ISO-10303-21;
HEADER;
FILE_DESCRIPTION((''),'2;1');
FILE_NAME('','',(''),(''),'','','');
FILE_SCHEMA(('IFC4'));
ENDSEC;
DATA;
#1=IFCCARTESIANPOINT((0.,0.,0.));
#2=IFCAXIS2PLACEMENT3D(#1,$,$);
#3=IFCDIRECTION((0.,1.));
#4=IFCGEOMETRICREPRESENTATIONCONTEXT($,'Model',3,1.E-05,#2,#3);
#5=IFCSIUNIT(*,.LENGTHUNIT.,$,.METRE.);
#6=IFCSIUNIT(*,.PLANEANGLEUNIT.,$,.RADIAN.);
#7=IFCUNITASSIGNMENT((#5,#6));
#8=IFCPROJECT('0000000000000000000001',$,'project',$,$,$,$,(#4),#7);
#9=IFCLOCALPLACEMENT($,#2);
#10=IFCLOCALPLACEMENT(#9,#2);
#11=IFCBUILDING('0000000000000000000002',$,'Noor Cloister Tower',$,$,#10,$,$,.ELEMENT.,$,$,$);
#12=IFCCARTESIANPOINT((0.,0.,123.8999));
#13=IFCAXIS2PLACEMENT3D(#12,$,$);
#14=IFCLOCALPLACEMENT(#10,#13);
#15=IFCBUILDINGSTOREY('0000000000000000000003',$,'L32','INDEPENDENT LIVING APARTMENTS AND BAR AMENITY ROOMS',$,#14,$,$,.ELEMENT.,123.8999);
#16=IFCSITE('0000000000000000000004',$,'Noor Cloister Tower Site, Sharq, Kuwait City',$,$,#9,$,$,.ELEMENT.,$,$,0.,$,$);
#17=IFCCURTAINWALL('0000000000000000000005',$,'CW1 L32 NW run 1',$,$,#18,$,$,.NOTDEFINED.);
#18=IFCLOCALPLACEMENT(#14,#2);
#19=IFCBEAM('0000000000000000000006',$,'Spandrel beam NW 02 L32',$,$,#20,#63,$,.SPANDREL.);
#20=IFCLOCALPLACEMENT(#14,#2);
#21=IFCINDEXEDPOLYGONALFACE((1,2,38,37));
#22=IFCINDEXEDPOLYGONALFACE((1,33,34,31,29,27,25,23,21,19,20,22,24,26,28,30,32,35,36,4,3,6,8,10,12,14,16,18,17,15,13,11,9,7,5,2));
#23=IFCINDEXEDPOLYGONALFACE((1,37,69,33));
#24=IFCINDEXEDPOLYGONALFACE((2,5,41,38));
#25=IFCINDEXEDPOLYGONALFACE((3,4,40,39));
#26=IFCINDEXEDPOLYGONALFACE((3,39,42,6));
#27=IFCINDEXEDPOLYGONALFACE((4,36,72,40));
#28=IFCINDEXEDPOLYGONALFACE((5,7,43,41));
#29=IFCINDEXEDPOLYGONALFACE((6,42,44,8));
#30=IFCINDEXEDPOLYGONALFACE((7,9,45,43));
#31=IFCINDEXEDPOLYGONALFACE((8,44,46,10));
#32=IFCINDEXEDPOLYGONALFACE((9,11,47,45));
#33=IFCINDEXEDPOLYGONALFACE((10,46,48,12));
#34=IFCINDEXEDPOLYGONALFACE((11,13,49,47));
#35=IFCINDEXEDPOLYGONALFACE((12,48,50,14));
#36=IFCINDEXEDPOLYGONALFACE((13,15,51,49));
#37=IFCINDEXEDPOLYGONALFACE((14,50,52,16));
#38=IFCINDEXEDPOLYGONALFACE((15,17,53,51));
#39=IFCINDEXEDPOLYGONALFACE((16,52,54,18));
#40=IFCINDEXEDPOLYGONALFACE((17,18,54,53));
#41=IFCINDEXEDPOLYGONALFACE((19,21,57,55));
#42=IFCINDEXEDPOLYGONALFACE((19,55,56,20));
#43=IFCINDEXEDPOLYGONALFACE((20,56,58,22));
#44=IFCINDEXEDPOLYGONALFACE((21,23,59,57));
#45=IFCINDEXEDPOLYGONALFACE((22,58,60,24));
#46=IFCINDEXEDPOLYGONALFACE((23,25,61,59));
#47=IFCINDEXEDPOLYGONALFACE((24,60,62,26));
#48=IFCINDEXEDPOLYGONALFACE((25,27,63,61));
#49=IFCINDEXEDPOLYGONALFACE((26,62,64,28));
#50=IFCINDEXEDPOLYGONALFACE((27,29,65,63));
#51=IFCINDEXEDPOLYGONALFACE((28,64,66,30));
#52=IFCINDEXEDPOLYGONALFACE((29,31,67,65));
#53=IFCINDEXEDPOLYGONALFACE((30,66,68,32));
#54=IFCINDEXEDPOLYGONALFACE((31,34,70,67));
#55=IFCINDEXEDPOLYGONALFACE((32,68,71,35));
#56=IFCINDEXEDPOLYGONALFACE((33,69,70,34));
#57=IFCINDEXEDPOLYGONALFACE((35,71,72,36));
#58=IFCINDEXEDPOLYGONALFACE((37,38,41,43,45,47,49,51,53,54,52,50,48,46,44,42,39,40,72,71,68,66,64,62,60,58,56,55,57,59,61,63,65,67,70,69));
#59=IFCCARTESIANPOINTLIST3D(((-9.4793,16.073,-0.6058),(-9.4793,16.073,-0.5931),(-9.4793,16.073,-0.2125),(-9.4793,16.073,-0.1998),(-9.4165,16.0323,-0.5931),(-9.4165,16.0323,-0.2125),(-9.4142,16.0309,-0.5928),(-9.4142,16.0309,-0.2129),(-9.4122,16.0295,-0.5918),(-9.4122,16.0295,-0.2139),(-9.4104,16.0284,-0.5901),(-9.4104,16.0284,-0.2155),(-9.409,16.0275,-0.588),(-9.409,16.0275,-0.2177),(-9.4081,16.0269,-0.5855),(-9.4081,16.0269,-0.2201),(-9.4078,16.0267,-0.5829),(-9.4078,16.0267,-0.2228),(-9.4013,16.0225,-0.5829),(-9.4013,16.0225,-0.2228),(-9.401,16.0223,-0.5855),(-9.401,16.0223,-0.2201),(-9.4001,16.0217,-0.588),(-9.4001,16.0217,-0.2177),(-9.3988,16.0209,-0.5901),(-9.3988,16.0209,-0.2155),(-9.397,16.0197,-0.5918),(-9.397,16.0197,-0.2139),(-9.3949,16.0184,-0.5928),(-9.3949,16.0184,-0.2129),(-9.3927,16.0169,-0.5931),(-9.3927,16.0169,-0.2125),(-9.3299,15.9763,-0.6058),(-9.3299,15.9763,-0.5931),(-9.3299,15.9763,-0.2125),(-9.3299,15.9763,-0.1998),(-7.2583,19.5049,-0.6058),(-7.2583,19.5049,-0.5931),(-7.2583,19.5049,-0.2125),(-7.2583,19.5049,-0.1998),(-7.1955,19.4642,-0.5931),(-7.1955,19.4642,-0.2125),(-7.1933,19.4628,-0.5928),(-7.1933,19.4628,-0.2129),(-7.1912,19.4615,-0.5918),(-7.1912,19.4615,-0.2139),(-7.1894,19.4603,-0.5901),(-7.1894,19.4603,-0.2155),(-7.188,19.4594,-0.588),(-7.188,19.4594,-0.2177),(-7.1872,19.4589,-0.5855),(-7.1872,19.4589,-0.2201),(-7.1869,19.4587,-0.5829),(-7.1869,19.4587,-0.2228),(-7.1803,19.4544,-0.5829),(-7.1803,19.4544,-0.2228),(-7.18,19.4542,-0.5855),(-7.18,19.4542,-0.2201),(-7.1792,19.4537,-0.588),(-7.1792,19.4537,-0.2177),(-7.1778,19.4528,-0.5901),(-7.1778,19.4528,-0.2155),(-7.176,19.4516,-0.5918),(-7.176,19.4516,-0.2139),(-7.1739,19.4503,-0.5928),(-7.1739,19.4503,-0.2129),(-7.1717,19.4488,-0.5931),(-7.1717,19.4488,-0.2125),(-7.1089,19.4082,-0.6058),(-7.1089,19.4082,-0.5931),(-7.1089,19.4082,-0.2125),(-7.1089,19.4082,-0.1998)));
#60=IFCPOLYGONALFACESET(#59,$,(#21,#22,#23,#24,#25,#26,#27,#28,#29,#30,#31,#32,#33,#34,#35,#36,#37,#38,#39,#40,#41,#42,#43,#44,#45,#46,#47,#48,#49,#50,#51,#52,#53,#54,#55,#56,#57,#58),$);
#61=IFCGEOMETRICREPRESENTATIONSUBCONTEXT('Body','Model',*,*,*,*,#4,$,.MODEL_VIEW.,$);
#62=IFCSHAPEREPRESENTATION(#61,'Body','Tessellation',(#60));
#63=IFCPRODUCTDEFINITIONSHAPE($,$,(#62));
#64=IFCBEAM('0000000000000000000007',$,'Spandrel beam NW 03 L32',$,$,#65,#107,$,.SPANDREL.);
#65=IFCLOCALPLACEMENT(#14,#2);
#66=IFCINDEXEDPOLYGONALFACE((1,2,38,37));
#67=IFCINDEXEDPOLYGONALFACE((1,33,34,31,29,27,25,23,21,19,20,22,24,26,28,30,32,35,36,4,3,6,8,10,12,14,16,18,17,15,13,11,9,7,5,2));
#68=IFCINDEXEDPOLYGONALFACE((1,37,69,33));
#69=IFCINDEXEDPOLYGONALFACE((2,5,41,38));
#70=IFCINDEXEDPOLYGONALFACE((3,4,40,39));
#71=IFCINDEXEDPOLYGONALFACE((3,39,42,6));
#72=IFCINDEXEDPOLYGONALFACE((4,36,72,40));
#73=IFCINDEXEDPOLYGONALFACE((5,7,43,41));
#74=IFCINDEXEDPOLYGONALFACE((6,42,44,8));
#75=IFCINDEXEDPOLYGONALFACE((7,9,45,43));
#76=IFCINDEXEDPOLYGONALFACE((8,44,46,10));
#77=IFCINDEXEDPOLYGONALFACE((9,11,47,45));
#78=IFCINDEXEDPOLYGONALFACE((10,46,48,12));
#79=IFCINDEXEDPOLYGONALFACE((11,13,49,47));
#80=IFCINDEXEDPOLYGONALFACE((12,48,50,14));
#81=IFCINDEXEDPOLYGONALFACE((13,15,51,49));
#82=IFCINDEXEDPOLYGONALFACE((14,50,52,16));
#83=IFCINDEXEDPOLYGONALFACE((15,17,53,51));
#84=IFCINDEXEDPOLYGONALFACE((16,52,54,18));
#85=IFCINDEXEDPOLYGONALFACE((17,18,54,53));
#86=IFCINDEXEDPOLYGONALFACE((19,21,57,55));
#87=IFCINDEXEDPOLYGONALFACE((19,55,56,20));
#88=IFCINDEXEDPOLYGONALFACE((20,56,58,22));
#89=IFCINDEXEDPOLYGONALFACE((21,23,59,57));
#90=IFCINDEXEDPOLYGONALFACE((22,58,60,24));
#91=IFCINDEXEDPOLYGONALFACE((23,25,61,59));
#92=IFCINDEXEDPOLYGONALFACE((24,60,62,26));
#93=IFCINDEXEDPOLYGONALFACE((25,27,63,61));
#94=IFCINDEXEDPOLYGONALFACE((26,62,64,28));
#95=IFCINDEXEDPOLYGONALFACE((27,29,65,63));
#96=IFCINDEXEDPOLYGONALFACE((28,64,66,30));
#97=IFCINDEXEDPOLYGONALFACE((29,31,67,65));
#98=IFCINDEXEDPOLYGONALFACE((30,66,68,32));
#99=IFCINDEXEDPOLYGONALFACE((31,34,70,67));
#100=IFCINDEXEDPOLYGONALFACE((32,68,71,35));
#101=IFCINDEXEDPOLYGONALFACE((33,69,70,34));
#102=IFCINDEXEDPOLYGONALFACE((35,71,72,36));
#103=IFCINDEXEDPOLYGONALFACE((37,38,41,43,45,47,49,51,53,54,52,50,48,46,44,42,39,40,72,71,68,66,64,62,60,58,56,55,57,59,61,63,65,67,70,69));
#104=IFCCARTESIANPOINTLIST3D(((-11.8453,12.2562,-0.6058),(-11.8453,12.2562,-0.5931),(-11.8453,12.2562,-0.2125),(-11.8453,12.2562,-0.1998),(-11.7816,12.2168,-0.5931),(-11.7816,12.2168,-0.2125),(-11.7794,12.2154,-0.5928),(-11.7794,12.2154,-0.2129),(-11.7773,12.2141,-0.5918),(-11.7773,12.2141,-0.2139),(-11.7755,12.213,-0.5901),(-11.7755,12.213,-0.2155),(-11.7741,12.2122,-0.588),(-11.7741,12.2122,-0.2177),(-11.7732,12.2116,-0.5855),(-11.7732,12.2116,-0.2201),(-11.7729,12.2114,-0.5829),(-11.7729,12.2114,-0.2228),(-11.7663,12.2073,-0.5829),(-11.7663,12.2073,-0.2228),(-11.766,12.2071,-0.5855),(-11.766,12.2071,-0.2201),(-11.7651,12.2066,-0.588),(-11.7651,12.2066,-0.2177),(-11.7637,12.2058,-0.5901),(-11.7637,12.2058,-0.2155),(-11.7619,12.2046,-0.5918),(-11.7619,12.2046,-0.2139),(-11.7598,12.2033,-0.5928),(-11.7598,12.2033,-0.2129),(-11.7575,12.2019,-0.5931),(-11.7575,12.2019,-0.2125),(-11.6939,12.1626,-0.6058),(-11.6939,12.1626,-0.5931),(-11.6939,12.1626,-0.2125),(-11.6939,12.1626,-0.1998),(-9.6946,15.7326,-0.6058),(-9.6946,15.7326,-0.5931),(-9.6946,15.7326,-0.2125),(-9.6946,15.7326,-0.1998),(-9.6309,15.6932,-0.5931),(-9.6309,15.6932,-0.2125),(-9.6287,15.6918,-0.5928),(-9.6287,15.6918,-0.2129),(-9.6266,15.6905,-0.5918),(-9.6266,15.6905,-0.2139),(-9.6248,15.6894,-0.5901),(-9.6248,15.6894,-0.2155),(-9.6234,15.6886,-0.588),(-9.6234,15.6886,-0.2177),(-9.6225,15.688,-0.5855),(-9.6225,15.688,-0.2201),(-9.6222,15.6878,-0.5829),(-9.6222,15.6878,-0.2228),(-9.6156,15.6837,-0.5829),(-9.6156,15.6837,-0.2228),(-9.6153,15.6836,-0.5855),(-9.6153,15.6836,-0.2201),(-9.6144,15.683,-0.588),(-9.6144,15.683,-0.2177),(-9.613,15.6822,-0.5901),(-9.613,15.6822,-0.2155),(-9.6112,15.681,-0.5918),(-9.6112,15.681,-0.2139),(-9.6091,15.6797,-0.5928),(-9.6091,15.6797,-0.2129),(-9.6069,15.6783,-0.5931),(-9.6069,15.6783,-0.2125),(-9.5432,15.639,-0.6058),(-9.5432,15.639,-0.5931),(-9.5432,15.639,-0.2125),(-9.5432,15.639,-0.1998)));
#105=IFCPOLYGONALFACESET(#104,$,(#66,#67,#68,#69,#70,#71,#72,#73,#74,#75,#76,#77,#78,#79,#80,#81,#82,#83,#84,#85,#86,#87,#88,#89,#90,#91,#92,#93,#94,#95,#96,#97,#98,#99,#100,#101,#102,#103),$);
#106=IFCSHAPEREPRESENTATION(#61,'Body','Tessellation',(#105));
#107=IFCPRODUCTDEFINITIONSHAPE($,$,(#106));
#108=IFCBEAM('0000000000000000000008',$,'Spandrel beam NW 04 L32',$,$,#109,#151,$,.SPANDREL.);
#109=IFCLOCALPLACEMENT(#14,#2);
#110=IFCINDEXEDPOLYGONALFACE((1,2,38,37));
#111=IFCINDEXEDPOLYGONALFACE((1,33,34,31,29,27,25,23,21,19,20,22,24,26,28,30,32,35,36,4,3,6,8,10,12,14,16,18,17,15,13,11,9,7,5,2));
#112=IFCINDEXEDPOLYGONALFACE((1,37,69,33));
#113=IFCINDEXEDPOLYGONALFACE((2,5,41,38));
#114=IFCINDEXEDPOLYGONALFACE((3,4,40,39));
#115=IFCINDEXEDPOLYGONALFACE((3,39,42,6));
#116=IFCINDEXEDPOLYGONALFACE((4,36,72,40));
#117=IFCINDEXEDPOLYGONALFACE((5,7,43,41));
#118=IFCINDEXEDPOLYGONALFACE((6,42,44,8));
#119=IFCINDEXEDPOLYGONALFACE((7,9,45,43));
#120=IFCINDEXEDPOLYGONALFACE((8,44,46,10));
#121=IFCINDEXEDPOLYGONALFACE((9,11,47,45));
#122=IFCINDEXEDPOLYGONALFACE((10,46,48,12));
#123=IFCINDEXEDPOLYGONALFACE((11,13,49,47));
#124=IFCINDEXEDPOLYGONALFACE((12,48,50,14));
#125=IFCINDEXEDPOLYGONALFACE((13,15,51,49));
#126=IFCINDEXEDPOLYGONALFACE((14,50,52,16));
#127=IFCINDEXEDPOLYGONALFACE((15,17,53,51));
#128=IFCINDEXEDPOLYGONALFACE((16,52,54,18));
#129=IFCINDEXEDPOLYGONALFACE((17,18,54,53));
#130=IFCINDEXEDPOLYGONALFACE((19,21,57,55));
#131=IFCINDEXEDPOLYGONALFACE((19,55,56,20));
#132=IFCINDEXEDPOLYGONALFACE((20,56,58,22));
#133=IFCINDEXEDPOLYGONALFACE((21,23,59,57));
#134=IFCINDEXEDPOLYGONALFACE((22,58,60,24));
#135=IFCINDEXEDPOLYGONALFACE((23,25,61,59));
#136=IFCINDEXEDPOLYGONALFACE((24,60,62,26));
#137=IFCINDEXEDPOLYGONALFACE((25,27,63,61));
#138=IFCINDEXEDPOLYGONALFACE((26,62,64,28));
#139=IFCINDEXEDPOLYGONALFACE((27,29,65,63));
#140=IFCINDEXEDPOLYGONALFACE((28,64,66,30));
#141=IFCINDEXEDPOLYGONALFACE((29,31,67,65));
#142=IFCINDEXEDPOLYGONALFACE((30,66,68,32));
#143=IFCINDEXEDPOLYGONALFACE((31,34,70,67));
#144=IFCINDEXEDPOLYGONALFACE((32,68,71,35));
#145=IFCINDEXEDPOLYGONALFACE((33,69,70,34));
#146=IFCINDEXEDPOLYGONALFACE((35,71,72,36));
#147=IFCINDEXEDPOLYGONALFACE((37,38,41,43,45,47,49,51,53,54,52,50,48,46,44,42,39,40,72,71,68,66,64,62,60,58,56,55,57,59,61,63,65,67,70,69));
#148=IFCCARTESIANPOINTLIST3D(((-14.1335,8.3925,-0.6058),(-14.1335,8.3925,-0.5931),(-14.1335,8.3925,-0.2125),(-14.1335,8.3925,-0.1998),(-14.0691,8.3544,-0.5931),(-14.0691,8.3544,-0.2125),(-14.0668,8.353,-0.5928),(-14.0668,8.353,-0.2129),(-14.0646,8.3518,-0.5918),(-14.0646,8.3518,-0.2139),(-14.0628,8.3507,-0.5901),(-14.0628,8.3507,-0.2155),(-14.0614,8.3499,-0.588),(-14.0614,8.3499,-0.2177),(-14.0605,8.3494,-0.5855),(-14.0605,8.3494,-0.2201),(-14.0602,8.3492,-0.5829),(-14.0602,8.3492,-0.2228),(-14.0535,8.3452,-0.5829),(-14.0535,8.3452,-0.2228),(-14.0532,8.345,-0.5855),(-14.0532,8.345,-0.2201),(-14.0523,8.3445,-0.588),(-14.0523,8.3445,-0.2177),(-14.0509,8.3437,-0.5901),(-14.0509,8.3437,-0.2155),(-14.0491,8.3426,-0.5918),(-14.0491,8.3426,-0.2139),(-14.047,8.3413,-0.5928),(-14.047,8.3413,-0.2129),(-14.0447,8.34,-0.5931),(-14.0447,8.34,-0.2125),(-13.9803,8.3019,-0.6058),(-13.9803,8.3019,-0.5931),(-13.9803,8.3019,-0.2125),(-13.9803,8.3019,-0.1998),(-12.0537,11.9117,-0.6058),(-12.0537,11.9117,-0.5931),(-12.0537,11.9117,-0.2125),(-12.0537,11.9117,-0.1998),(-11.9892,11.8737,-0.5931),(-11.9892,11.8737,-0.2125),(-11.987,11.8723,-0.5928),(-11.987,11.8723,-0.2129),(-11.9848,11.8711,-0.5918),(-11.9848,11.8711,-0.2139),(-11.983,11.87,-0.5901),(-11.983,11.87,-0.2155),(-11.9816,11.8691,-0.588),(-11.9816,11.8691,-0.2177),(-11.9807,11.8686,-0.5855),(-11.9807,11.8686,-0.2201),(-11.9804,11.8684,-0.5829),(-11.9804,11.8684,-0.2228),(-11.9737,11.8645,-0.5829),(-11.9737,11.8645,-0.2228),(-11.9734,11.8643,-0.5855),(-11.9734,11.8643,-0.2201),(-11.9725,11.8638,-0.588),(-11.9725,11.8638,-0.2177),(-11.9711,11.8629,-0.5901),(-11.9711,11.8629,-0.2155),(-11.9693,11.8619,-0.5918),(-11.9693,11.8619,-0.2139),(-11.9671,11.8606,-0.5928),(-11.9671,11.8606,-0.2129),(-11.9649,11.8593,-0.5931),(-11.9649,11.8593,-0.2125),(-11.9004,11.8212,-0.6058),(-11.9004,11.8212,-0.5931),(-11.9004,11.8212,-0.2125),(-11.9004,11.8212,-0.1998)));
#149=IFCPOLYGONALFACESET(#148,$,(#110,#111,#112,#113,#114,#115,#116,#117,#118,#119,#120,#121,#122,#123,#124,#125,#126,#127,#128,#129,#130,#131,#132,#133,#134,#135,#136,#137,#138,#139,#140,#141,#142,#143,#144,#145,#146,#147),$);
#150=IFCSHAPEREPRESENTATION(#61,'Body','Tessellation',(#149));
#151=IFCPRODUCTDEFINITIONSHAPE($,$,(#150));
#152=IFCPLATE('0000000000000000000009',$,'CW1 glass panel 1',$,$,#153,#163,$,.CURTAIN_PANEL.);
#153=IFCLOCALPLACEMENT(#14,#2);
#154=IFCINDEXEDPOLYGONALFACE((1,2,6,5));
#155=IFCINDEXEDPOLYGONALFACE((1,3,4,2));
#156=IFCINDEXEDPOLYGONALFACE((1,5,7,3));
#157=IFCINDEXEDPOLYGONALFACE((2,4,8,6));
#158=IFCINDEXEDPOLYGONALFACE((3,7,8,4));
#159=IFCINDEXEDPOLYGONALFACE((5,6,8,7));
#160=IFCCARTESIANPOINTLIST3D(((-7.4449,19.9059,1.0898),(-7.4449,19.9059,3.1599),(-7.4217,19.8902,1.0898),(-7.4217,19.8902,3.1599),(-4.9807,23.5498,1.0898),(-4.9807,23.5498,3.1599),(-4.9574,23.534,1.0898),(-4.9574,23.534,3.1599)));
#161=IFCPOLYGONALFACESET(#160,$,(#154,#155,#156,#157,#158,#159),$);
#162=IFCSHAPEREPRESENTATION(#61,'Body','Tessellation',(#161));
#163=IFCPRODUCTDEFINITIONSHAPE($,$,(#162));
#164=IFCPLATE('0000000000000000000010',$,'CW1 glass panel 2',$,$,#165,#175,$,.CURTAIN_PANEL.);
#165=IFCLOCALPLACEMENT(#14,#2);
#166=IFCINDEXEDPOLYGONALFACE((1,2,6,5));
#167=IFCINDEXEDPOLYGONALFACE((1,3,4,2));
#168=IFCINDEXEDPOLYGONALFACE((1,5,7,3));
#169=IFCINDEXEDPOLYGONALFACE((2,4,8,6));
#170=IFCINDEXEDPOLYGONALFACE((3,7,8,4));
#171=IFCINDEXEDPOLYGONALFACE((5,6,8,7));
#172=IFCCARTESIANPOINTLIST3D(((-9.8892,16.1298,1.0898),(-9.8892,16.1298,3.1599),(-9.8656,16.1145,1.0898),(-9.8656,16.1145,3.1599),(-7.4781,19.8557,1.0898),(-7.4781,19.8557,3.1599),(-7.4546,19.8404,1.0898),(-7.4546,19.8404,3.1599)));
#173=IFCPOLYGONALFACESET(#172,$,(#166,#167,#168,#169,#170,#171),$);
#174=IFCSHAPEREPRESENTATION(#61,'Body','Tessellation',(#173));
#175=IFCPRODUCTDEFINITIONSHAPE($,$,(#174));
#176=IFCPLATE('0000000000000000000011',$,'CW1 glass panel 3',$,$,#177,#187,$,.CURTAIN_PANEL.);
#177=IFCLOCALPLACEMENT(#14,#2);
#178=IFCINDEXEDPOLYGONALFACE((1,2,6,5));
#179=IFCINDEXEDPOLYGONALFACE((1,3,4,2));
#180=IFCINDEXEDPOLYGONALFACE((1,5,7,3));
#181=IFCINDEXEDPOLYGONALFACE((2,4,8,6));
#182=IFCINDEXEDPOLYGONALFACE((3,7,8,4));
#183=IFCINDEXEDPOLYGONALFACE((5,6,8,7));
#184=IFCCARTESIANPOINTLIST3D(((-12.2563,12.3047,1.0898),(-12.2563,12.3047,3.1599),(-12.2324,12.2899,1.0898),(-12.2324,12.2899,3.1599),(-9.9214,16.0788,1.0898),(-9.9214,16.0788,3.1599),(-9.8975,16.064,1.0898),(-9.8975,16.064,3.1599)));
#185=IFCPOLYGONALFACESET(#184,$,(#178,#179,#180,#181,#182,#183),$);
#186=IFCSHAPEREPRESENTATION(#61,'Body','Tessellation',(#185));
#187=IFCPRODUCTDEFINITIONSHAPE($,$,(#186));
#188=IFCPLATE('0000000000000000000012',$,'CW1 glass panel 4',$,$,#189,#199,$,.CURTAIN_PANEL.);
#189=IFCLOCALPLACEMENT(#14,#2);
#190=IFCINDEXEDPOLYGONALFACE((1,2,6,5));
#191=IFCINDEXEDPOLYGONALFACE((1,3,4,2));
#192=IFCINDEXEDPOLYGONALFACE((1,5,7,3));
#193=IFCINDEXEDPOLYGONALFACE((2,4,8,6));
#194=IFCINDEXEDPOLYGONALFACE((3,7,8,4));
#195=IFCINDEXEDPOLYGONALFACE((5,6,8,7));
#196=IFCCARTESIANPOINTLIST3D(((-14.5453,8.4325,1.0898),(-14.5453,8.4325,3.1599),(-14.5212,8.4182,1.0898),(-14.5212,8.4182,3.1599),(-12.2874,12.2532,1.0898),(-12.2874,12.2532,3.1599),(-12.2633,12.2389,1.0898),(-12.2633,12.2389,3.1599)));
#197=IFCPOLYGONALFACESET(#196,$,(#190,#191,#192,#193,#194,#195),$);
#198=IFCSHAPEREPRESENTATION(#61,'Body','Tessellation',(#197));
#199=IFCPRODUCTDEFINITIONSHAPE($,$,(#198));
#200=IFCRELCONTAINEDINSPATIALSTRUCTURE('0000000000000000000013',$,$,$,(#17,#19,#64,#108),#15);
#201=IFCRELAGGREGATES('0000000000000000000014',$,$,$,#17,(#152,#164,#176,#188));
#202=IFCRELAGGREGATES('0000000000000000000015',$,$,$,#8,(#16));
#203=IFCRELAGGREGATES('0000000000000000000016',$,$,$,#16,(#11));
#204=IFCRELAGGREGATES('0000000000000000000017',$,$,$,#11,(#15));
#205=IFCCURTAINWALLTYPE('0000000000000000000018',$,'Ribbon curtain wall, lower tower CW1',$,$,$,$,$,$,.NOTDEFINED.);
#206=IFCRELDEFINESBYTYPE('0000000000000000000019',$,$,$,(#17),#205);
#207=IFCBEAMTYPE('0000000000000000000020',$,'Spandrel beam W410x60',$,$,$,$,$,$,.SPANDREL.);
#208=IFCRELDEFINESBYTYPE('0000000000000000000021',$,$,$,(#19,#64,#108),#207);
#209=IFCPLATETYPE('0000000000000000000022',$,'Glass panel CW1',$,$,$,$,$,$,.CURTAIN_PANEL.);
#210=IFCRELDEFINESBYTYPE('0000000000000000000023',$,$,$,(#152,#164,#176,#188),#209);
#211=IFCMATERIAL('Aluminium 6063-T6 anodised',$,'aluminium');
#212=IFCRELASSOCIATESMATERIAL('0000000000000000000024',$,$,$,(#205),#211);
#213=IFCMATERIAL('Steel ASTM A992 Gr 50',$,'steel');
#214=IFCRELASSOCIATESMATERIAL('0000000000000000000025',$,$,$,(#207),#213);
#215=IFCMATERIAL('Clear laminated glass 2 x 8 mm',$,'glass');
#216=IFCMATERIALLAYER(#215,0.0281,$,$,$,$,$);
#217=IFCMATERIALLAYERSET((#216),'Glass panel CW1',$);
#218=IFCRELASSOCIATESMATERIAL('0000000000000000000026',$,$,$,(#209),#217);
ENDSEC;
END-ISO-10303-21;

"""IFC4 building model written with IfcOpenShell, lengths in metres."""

from ifc_helpers import new_model, si_unit, direction, frame, origin, origin_2d, place, context, subcontext, project, spatial, rectangle, i_section, extrude, material, layer, layer_set, material_profile, profile_set, type_object, element, aggregate, save


model = new_model("IFC4")

# Units and contexts
model_context = context("Model", 3, precision=1e-05, world=origin(), true_north=direction((0.0, 1.0)))
body_context = subcontext(model_context, "Body", "Model", "MODEL_VIEW")
ifc_project = project(units=[si_unit("LENGTHUNIT", "METRE"), si_unit("PLANEANGLEUNIT", "RADIAN")], contexts=[model_context])

# Site, building, storey
site_placement = place(None, origin())
site = spatial("IfcSite", under=ifc_project, at=site_placement, Name="Noor Cloister Tower Site, Sharq, Kuwait City", CompositionType="ELEMENT", RefElevation=0.0)
building_placement = place(site_placement, origin())
building = spatial("IfcBuilding", under=site, at=building_placement, Name="Noor Cloister Tower", CompositionType="ELEMENT")
storey_placement = place(building_placement, frame((0.0, 0.0, 123.8999)))
storey = spatial("IfcBuildingStorey", under=building, at=storey_placement, Name="L32", Description="INDEPENDENT LIVING APARTMENTS AND BAR AMENITY ROOMS", CompositionType="ELEMENT", Elevation=123.8999)

# Curtain wall
ifc_material_1 = material(Name="Aluminium 6063-T6 anodised", Category="aluminium")
curtain_wall_type = type_object("IfcCurtainWallType", Name="Ribbon curtain wall, lower tower CW1", PredefinedType="NOTDEFINED", material=ifc_material_1)
curtain_wall_placement = place(storey_placement, origin())
curtain_wall = element("IfcCurtainWall", 1, at=curtain_wall_placement, inside=storey, type_object=curtain_wall_type, Name="CW1 L32 NW run 1", PredefinedType="NOTDEFINED")

# Beams
ifc_material_2 = material(Name="Steel ASTM A992 Gr 50", Category="steel")
ifc_material_profile_1 = material_profile(ifc_material_2, i_section(OverallWidth=0.178, OverallDepth=0.406, WebThickness=0.0078, FlangeThickness=0.0127, FilletRadius=0.0103, at=origin_2d()), Name="W410x60")
ifc_profile_set_1 = profile_set([ifc_material_profile_1], Name="Steel ASTM A992 Gr 50")
beam_type_1 = type_object("IfcBeamType", Name="Spandrel beam W410x60", PredefinedType="SPANDREL", material=ifc_profile_set_1)
for number, where, z_axis, x_axis, name in (
    (2, (-7.1836, 19.4565, -0.4028), (-0.543306, -0.839535, 0.0), (0.839535, -0.543306, 0.0), "Spandrel beam NW 02 L32"),
    (3, (-9.6189, 15.6858, -0.4028), (-0.526112, -0.850415, 0.0), (0.850415, -0.526112, 0.0), "Spandrel beam NW 03 L32"),
    (4, (-11.9771, 11.8665, -0.4028), (-0.508776, -0.860899, 0.0), (0.860899, -0.508776, 0.0), "Spandrel beam NW 04 L32"),
):
    element("IfcBeam", number, at=place(storey_placement, frame(where, z_axis=z_axis, x_axis=x_axis)), inside=storey, type_object=beam_type_1, Name=name, PredefinedType="SPANDREL", context=body_context, shape_type="SweptSolid", body=[
        extrude(i_section(OverallWidth=0.178, OverallDepth=0.406, WebThickness=0.0078, FlangeThickness=0.0127, FilletRadius=0.0103, at=origin_2d()), origin(), (0.0, 0.0, 1.0), 4.0879),
    ])

# Plates
ifc_material_3 = material(Name="Clear laminated glass 2 x 8 mm", Category="glass")
ifc_layer_1 = layer(ifc_material_3, 0.0281)
ifc_layer_set_1 = layer_set([ifc_layer_1], Name="Glass panel CW1")
plate_type = type_object("IfcPlateType", Name="Glass panel CW1", PredefinedType="CURTAIN_PANEL", material=ifc_layer_set_1)
plate_1_placement = place(storey_placement, frame((-6.2012, 21.72, 1.0898), z_axis=(0.0, 0.0, 1.0), x_axis=(-0.560203, -0.828356, 0.0)))
plate_1 = element("IfcPlate", 5, at=plate_1_placement, type_object=plate_type, Name="CW1 glass panel 1", PredefinedType="CURTAIN_PANEL", context=body_context, shape_type="SweptSolid", body=[
    extrude(rectangle(XDim=4.3989, YDim=0.0281, at=origin_2d()), origin(), (0.0, 0.0, 1.0), 2.0701),
])
plate_2_placement = place(storey_placement, frame((-8.6719, 17.9851, 1.0898), z_axis=(0.0, 0.0, 1.0), x_axis=(-0.543277, -0.839553, 0.0)))
plate_2 = element("IfcPlate", 6, at=plate_2_placement, type_object=plate_type, Name="CW1 glass panel 2", PredefinedType="CURTAIN_PANEL", context=body_context, shape_type="SweptSolid", body=[
    extrude(rectangle(XDim=4.438, YDim=0.0281, at=origin_2d()), origin(), (0.0, 0.0, 1.0), 2.0701),
])
plate_3_placement = place(storey_placement, frame((-11.0769, 14.1843, 1.0898), z_axis=(0.0, 0.0, 1.0), x_axis=(-0.526128, -0.850405, 0.0)))
plate_3 = element("IfcPlate", 7, at=plate_3_placement, type_object=plate_type, Name="CW1 glass panel 3", PredefinedType="CURTAIN_PANEL", context=body_context, shape_type="SweptSolid", body=[
    extrude(rectangle(XDim=4.438, YDim=0.0281, at=origin_2d()), origin(), (0.0, 0.0, 1.0), 2.0701),
])
plate_4_placement = place(storey_placement, frame((-13.4043, 10.3357, 1.0898), z_axis=(0.0, 0.0, 1.0), x_axis=(-0.508762, -0.860907, 0.0)))
plate_4 = element("IfcPlate", 8, at=plate_4_placement, type_object=plate_type, Name="CW1 glass panel 4", PredefinedType="CURTAIN_PANEL", context=body_context, shape_type="SweptSolid", body=[
    extrude(rectangle(XDim=4.438, YDim=0.0281, at=origin_2d()), origin(), (0.0, 0.0, 1.0), 2.0701),
])
aggregate(curtain_wall, [plate_1, plate_2, plate_3, plate_4])

save(model, "model.ifc")
